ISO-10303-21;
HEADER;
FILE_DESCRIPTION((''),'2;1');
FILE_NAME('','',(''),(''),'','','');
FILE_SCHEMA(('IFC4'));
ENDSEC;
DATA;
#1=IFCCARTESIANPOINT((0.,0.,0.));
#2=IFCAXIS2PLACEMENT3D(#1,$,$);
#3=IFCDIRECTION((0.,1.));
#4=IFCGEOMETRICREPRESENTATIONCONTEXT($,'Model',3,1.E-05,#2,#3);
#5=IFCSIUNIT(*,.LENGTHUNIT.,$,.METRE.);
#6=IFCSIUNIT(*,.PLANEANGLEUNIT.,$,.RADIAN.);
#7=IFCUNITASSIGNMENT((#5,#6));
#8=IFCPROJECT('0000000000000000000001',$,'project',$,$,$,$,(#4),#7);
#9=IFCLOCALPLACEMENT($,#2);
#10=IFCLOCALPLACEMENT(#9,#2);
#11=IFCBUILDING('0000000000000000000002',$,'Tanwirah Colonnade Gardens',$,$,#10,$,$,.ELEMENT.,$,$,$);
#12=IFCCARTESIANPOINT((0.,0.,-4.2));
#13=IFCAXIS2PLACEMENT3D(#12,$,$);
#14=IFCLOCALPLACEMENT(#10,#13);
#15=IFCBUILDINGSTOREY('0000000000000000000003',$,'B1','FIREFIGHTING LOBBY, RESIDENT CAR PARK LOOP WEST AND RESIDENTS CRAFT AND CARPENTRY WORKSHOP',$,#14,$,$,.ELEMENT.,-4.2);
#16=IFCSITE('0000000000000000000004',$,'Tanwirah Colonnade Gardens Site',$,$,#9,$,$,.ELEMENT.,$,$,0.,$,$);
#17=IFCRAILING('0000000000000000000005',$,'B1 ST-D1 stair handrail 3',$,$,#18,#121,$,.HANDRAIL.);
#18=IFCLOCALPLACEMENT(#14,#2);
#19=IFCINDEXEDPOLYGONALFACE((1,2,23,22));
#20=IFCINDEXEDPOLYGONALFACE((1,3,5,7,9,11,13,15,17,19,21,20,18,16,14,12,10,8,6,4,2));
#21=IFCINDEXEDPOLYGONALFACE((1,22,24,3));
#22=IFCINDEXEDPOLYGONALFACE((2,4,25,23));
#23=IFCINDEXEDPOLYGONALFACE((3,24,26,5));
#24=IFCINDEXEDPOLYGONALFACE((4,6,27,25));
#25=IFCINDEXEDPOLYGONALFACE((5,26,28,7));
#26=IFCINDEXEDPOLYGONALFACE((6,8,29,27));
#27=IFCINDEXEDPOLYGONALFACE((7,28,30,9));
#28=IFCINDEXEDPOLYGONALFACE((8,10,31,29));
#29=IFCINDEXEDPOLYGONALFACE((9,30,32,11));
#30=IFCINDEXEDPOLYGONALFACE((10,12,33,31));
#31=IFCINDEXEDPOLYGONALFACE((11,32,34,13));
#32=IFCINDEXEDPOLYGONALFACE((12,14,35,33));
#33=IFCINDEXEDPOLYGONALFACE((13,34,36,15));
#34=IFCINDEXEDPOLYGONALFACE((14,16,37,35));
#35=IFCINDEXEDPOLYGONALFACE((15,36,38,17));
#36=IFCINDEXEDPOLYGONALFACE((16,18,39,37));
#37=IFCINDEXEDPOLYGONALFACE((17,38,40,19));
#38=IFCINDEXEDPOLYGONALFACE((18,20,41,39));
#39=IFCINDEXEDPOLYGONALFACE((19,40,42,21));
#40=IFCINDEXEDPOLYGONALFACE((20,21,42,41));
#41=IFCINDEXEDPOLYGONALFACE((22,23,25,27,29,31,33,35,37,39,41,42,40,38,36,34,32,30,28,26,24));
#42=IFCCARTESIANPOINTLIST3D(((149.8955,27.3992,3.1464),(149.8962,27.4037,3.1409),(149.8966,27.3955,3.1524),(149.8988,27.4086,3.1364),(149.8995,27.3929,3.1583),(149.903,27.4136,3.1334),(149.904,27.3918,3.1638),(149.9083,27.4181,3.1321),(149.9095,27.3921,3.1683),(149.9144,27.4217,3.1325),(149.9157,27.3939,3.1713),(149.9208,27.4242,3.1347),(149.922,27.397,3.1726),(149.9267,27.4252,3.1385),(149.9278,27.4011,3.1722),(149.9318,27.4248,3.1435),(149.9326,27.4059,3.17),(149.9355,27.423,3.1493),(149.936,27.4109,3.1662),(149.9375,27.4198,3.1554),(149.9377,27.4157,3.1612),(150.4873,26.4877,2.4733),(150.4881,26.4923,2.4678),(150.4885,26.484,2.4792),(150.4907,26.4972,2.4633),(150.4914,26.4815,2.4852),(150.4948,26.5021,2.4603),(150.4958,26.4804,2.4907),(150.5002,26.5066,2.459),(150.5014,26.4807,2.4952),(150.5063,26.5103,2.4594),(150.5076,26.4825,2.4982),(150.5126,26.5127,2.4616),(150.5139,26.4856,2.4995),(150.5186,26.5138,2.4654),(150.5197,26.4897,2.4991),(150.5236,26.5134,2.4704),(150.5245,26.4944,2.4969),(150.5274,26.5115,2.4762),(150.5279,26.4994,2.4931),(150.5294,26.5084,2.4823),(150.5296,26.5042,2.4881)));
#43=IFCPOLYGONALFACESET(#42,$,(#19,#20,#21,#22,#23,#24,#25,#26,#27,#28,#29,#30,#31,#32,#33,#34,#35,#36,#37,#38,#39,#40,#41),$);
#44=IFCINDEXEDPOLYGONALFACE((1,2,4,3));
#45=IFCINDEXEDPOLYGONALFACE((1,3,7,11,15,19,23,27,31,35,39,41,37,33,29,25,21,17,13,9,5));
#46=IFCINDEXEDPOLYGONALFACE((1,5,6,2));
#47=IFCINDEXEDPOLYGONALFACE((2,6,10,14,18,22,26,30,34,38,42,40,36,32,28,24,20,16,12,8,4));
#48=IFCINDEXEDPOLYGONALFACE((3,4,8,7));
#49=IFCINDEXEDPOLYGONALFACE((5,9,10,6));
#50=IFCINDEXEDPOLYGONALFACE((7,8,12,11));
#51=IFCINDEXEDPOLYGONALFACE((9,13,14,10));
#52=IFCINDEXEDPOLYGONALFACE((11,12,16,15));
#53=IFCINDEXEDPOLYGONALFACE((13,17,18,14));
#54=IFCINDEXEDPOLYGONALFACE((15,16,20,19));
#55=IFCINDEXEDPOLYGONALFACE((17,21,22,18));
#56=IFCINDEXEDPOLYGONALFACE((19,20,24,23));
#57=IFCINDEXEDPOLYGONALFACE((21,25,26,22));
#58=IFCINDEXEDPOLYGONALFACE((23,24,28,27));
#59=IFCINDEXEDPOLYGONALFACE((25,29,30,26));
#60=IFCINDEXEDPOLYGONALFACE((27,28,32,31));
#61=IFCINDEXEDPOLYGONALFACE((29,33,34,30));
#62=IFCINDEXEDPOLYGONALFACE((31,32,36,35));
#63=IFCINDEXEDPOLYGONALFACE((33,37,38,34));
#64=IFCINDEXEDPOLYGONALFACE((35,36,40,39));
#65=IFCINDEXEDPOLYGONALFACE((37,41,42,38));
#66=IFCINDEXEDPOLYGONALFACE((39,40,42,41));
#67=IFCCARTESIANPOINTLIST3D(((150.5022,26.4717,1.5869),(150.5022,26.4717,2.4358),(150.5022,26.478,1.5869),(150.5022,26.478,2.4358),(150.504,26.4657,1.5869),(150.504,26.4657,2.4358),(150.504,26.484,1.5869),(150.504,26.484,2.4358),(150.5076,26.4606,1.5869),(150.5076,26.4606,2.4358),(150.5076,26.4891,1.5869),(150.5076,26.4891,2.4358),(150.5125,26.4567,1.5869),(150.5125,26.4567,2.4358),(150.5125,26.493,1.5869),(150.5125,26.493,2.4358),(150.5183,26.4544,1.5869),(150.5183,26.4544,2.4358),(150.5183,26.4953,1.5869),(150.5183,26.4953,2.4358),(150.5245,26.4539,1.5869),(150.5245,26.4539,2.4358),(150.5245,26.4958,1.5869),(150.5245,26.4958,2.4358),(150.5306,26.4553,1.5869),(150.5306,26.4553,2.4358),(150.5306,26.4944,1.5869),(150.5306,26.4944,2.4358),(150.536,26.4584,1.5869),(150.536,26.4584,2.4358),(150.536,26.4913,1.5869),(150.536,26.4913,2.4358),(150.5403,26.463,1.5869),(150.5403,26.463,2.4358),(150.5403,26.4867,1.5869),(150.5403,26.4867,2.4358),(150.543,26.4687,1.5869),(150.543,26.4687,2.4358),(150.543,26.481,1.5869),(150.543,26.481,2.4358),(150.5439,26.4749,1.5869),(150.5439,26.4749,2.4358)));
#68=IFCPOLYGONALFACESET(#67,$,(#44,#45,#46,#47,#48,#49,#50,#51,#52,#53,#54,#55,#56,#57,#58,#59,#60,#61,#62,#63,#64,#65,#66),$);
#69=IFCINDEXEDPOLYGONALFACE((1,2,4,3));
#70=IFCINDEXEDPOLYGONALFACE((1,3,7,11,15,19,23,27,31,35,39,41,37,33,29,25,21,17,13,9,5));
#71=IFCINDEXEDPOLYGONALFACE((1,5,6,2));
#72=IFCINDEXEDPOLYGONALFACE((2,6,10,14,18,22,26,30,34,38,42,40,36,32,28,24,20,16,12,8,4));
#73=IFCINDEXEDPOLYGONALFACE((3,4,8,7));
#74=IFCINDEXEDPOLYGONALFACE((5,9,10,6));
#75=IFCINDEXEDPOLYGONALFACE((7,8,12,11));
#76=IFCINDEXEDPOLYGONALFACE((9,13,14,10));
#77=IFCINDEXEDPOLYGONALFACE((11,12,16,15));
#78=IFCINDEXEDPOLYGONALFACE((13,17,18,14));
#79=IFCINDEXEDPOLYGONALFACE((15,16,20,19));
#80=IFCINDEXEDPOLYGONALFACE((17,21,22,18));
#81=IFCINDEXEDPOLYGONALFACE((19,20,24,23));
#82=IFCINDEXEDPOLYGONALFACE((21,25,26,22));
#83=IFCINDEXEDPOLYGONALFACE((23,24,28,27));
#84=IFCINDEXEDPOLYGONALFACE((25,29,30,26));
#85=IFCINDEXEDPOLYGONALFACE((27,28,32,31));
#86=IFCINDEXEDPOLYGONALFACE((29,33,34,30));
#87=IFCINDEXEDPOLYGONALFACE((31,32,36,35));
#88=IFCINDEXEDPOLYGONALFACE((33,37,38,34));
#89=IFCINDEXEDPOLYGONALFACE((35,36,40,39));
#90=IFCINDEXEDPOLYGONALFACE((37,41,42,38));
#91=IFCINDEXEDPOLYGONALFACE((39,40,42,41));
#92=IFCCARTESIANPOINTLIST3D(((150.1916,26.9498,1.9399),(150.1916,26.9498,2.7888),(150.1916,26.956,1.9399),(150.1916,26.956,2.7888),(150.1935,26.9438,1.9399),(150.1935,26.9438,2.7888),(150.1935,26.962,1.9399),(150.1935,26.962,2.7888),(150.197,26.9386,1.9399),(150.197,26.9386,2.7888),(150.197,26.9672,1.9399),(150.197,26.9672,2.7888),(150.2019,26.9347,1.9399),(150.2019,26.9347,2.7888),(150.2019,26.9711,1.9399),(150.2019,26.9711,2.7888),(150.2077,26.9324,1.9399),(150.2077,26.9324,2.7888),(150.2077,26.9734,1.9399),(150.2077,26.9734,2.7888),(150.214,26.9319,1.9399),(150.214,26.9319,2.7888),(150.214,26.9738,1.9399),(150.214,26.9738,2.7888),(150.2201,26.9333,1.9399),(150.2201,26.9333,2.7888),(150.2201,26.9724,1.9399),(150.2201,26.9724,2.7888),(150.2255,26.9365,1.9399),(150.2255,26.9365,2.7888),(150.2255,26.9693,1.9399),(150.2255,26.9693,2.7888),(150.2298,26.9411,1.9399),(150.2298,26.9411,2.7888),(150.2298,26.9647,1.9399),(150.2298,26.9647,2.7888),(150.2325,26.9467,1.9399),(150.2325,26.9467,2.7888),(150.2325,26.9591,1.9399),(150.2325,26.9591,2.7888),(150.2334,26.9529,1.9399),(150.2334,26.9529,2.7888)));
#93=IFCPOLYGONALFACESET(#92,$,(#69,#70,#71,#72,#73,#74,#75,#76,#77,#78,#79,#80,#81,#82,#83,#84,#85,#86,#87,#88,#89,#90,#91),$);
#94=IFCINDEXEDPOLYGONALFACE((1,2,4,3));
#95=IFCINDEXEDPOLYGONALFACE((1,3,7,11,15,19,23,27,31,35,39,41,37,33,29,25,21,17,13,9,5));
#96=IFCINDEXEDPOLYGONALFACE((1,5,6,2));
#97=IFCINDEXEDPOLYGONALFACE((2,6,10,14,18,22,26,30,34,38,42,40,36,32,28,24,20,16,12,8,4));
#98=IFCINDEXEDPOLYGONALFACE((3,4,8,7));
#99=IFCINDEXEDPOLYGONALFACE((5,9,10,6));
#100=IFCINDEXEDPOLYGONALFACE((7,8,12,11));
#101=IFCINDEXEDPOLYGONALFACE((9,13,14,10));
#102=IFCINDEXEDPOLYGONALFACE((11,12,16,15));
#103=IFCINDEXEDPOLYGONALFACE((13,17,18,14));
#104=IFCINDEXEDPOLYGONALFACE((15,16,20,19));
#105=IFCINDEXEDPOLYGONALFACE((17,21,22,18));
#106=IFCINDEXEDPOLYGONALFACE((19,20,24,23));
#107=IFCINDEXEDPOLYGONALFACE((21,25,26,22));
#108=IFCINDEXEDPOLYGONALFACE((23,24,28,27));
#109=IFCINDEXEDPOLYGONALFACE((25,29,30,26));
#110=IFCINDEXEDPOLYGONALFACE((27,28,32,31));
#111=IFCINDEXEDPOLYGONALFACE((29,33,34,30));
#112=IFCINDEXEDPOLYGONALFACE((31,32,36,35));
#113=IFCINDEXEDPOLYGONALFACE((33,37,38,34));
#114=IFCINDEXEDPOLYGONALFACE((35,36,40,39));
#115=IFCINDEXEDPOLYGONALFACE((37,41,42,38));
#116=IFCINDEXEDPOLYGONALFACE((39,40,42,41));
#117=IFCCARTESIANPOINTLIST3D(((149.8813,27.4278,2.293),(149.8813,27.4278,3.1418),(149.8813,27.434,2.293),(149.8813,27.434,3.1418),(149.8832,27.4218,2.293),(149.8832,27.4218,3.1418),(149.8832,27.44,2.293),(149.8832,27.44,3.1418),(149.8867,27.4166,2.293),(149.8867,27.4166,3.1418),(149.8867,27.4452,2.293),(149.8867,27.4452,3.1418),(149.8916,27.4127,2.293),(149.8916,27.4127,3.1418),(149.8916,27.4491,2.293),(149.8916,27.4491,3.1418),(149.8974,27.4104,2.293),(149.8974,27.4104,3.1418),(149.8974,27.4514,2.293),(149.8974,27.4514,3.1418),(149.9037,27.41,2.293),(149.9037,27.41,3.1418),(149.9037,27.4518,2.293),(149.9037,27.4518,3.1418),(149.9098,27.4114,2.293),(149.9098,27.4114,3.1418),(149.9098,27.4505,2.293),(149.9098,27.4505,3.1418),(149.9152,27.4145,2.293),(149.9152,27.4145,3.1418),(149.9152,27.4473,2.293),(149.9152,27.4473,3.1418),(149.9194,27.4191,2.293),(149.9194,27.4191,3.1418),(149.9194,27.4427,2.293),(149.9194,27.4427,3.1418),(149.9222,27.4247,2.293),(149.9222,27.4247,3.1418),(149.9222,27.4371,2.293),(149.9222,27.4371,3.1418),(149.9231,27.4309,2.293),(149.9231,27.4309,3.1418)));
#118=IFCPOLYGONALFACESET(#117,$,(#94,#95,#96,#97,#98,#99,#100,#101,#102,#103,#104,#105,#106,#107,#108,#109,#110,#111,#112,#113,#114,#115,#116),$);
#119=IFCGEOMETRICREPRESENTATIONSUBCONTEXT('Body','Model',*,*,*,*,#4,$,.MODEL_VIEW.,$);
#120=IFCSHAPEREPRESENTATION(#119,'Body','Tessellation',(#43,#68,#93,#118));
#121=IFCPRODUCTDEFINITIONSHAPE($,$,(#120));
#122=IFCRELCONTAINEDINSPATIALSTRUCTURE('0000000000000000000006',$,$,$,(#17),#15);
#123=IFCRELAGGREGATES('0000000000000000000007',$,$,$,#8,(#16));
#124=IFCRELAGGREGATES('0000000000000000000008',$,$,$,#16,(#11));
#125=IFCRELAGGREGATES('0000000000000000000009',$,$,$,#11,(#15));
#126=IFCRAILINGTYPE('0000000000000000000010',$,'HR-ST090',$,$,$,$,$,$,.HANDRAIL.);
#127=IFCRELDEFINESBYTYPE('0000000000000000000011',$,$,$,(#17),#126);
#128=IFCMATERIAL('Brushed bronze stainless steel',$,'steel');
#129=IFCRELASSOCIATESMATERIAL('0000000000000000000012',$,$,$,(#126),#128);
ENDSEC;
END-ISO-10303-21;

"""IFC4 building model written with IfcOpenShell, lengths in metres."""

from ifc_helpers import new_model, si_unit, direction, frame, origin, origin_2d, place, context, subcontext, project, spatial, circle, extrude, material, type_object, element, save


model = new_model("IFC4")

# Units and contexts
model_context = context("Model", 3, precision=1e-05, world=origin(), true_north=direction((0.0, 1.0)))
body_context = subcontext(model_context, "Body", "Model", "MODEL_VIEW")
ifc_project = project(units=[si_unit("LENGTHUNIT", "METRE"), si_unit("PLANEANGLEUNIT", "RADIAN")], contexts=[model_context])

# Site, building, storey
site_placement = place(None, origin())
site = spatial("IfcSite", under=ifc_project, at=site_placement, Name="Tanwirah Colonnade Gardens Site", CompositionType="ELEMENT", RefElevation=0.0)
building_placement = place(site_placement, origin())
building = spatial("IfcBuilding", under=site, at=building_placement, Name="Tanwirah Colonnade Gardens", CompositionType="ELEMENT")
storey_placement = place(building_placement, frame((0.0, 0.0, -4.2)))
storey = spatial("IfcBuildingStorey", under=building, at=storey_placement, Name="B1", Description="FIREFIGHTING LOBBY, RESIDENT CAR PARK LOOP WEST AND RESIDENTS CRAFT AND CARPENTRY WORKSHOP", CompositionType="ELEMENT", Elevation=-4.2)

# Railing
ifc_material_1 = material(Name="Brushed bronze stainless steel", Category="steel")
railing_type_1 = type_object("IfcRailingType", Name="HR-ST090", PredefinedType="HANDRAIL", material=ifc_material_1)
railing_1_placement = place(storey_placement, frame((150.5229, 26.4749, 1.5869)))
element("IfcRailing", 1, at=railing_1_placement, inside=storey, type_object=railing_type_1, Name="B1 ST-D1 stair handrail 3", PredefinedType="HANDRAIL", context=body_context, shape_type="SweptSolid", body=[
    extrude(circle(Radius=0.0239, at=origin_2d()), frame((-0.0144, 0.0222, 0.8923), z_axis=(-0.46301, 0.712996, 0.526554), x_axis=(-0.838678, -0.544627, 0.0)), (0.0, 0.0, 1.0), 1.2783),
    extrude(circle(Radius=0.021, at=origin_2d()), origin(), (0.0, 0.0, 1.0), 0.8489),
    extrude(circle(Radius=0.021, at=origin_2d()), frame((-0.3105, 0.478, 0.353)), (0.0, 0.0, 1.0), 0.8489),
    extrude(circle(Radius=0.021, at=origin_2d()), frame((-0.6208, 0.9561, 0.7061)), (0.0, 0.0, 1.0), 0.8489),
])

save(model, "model.ifc")
